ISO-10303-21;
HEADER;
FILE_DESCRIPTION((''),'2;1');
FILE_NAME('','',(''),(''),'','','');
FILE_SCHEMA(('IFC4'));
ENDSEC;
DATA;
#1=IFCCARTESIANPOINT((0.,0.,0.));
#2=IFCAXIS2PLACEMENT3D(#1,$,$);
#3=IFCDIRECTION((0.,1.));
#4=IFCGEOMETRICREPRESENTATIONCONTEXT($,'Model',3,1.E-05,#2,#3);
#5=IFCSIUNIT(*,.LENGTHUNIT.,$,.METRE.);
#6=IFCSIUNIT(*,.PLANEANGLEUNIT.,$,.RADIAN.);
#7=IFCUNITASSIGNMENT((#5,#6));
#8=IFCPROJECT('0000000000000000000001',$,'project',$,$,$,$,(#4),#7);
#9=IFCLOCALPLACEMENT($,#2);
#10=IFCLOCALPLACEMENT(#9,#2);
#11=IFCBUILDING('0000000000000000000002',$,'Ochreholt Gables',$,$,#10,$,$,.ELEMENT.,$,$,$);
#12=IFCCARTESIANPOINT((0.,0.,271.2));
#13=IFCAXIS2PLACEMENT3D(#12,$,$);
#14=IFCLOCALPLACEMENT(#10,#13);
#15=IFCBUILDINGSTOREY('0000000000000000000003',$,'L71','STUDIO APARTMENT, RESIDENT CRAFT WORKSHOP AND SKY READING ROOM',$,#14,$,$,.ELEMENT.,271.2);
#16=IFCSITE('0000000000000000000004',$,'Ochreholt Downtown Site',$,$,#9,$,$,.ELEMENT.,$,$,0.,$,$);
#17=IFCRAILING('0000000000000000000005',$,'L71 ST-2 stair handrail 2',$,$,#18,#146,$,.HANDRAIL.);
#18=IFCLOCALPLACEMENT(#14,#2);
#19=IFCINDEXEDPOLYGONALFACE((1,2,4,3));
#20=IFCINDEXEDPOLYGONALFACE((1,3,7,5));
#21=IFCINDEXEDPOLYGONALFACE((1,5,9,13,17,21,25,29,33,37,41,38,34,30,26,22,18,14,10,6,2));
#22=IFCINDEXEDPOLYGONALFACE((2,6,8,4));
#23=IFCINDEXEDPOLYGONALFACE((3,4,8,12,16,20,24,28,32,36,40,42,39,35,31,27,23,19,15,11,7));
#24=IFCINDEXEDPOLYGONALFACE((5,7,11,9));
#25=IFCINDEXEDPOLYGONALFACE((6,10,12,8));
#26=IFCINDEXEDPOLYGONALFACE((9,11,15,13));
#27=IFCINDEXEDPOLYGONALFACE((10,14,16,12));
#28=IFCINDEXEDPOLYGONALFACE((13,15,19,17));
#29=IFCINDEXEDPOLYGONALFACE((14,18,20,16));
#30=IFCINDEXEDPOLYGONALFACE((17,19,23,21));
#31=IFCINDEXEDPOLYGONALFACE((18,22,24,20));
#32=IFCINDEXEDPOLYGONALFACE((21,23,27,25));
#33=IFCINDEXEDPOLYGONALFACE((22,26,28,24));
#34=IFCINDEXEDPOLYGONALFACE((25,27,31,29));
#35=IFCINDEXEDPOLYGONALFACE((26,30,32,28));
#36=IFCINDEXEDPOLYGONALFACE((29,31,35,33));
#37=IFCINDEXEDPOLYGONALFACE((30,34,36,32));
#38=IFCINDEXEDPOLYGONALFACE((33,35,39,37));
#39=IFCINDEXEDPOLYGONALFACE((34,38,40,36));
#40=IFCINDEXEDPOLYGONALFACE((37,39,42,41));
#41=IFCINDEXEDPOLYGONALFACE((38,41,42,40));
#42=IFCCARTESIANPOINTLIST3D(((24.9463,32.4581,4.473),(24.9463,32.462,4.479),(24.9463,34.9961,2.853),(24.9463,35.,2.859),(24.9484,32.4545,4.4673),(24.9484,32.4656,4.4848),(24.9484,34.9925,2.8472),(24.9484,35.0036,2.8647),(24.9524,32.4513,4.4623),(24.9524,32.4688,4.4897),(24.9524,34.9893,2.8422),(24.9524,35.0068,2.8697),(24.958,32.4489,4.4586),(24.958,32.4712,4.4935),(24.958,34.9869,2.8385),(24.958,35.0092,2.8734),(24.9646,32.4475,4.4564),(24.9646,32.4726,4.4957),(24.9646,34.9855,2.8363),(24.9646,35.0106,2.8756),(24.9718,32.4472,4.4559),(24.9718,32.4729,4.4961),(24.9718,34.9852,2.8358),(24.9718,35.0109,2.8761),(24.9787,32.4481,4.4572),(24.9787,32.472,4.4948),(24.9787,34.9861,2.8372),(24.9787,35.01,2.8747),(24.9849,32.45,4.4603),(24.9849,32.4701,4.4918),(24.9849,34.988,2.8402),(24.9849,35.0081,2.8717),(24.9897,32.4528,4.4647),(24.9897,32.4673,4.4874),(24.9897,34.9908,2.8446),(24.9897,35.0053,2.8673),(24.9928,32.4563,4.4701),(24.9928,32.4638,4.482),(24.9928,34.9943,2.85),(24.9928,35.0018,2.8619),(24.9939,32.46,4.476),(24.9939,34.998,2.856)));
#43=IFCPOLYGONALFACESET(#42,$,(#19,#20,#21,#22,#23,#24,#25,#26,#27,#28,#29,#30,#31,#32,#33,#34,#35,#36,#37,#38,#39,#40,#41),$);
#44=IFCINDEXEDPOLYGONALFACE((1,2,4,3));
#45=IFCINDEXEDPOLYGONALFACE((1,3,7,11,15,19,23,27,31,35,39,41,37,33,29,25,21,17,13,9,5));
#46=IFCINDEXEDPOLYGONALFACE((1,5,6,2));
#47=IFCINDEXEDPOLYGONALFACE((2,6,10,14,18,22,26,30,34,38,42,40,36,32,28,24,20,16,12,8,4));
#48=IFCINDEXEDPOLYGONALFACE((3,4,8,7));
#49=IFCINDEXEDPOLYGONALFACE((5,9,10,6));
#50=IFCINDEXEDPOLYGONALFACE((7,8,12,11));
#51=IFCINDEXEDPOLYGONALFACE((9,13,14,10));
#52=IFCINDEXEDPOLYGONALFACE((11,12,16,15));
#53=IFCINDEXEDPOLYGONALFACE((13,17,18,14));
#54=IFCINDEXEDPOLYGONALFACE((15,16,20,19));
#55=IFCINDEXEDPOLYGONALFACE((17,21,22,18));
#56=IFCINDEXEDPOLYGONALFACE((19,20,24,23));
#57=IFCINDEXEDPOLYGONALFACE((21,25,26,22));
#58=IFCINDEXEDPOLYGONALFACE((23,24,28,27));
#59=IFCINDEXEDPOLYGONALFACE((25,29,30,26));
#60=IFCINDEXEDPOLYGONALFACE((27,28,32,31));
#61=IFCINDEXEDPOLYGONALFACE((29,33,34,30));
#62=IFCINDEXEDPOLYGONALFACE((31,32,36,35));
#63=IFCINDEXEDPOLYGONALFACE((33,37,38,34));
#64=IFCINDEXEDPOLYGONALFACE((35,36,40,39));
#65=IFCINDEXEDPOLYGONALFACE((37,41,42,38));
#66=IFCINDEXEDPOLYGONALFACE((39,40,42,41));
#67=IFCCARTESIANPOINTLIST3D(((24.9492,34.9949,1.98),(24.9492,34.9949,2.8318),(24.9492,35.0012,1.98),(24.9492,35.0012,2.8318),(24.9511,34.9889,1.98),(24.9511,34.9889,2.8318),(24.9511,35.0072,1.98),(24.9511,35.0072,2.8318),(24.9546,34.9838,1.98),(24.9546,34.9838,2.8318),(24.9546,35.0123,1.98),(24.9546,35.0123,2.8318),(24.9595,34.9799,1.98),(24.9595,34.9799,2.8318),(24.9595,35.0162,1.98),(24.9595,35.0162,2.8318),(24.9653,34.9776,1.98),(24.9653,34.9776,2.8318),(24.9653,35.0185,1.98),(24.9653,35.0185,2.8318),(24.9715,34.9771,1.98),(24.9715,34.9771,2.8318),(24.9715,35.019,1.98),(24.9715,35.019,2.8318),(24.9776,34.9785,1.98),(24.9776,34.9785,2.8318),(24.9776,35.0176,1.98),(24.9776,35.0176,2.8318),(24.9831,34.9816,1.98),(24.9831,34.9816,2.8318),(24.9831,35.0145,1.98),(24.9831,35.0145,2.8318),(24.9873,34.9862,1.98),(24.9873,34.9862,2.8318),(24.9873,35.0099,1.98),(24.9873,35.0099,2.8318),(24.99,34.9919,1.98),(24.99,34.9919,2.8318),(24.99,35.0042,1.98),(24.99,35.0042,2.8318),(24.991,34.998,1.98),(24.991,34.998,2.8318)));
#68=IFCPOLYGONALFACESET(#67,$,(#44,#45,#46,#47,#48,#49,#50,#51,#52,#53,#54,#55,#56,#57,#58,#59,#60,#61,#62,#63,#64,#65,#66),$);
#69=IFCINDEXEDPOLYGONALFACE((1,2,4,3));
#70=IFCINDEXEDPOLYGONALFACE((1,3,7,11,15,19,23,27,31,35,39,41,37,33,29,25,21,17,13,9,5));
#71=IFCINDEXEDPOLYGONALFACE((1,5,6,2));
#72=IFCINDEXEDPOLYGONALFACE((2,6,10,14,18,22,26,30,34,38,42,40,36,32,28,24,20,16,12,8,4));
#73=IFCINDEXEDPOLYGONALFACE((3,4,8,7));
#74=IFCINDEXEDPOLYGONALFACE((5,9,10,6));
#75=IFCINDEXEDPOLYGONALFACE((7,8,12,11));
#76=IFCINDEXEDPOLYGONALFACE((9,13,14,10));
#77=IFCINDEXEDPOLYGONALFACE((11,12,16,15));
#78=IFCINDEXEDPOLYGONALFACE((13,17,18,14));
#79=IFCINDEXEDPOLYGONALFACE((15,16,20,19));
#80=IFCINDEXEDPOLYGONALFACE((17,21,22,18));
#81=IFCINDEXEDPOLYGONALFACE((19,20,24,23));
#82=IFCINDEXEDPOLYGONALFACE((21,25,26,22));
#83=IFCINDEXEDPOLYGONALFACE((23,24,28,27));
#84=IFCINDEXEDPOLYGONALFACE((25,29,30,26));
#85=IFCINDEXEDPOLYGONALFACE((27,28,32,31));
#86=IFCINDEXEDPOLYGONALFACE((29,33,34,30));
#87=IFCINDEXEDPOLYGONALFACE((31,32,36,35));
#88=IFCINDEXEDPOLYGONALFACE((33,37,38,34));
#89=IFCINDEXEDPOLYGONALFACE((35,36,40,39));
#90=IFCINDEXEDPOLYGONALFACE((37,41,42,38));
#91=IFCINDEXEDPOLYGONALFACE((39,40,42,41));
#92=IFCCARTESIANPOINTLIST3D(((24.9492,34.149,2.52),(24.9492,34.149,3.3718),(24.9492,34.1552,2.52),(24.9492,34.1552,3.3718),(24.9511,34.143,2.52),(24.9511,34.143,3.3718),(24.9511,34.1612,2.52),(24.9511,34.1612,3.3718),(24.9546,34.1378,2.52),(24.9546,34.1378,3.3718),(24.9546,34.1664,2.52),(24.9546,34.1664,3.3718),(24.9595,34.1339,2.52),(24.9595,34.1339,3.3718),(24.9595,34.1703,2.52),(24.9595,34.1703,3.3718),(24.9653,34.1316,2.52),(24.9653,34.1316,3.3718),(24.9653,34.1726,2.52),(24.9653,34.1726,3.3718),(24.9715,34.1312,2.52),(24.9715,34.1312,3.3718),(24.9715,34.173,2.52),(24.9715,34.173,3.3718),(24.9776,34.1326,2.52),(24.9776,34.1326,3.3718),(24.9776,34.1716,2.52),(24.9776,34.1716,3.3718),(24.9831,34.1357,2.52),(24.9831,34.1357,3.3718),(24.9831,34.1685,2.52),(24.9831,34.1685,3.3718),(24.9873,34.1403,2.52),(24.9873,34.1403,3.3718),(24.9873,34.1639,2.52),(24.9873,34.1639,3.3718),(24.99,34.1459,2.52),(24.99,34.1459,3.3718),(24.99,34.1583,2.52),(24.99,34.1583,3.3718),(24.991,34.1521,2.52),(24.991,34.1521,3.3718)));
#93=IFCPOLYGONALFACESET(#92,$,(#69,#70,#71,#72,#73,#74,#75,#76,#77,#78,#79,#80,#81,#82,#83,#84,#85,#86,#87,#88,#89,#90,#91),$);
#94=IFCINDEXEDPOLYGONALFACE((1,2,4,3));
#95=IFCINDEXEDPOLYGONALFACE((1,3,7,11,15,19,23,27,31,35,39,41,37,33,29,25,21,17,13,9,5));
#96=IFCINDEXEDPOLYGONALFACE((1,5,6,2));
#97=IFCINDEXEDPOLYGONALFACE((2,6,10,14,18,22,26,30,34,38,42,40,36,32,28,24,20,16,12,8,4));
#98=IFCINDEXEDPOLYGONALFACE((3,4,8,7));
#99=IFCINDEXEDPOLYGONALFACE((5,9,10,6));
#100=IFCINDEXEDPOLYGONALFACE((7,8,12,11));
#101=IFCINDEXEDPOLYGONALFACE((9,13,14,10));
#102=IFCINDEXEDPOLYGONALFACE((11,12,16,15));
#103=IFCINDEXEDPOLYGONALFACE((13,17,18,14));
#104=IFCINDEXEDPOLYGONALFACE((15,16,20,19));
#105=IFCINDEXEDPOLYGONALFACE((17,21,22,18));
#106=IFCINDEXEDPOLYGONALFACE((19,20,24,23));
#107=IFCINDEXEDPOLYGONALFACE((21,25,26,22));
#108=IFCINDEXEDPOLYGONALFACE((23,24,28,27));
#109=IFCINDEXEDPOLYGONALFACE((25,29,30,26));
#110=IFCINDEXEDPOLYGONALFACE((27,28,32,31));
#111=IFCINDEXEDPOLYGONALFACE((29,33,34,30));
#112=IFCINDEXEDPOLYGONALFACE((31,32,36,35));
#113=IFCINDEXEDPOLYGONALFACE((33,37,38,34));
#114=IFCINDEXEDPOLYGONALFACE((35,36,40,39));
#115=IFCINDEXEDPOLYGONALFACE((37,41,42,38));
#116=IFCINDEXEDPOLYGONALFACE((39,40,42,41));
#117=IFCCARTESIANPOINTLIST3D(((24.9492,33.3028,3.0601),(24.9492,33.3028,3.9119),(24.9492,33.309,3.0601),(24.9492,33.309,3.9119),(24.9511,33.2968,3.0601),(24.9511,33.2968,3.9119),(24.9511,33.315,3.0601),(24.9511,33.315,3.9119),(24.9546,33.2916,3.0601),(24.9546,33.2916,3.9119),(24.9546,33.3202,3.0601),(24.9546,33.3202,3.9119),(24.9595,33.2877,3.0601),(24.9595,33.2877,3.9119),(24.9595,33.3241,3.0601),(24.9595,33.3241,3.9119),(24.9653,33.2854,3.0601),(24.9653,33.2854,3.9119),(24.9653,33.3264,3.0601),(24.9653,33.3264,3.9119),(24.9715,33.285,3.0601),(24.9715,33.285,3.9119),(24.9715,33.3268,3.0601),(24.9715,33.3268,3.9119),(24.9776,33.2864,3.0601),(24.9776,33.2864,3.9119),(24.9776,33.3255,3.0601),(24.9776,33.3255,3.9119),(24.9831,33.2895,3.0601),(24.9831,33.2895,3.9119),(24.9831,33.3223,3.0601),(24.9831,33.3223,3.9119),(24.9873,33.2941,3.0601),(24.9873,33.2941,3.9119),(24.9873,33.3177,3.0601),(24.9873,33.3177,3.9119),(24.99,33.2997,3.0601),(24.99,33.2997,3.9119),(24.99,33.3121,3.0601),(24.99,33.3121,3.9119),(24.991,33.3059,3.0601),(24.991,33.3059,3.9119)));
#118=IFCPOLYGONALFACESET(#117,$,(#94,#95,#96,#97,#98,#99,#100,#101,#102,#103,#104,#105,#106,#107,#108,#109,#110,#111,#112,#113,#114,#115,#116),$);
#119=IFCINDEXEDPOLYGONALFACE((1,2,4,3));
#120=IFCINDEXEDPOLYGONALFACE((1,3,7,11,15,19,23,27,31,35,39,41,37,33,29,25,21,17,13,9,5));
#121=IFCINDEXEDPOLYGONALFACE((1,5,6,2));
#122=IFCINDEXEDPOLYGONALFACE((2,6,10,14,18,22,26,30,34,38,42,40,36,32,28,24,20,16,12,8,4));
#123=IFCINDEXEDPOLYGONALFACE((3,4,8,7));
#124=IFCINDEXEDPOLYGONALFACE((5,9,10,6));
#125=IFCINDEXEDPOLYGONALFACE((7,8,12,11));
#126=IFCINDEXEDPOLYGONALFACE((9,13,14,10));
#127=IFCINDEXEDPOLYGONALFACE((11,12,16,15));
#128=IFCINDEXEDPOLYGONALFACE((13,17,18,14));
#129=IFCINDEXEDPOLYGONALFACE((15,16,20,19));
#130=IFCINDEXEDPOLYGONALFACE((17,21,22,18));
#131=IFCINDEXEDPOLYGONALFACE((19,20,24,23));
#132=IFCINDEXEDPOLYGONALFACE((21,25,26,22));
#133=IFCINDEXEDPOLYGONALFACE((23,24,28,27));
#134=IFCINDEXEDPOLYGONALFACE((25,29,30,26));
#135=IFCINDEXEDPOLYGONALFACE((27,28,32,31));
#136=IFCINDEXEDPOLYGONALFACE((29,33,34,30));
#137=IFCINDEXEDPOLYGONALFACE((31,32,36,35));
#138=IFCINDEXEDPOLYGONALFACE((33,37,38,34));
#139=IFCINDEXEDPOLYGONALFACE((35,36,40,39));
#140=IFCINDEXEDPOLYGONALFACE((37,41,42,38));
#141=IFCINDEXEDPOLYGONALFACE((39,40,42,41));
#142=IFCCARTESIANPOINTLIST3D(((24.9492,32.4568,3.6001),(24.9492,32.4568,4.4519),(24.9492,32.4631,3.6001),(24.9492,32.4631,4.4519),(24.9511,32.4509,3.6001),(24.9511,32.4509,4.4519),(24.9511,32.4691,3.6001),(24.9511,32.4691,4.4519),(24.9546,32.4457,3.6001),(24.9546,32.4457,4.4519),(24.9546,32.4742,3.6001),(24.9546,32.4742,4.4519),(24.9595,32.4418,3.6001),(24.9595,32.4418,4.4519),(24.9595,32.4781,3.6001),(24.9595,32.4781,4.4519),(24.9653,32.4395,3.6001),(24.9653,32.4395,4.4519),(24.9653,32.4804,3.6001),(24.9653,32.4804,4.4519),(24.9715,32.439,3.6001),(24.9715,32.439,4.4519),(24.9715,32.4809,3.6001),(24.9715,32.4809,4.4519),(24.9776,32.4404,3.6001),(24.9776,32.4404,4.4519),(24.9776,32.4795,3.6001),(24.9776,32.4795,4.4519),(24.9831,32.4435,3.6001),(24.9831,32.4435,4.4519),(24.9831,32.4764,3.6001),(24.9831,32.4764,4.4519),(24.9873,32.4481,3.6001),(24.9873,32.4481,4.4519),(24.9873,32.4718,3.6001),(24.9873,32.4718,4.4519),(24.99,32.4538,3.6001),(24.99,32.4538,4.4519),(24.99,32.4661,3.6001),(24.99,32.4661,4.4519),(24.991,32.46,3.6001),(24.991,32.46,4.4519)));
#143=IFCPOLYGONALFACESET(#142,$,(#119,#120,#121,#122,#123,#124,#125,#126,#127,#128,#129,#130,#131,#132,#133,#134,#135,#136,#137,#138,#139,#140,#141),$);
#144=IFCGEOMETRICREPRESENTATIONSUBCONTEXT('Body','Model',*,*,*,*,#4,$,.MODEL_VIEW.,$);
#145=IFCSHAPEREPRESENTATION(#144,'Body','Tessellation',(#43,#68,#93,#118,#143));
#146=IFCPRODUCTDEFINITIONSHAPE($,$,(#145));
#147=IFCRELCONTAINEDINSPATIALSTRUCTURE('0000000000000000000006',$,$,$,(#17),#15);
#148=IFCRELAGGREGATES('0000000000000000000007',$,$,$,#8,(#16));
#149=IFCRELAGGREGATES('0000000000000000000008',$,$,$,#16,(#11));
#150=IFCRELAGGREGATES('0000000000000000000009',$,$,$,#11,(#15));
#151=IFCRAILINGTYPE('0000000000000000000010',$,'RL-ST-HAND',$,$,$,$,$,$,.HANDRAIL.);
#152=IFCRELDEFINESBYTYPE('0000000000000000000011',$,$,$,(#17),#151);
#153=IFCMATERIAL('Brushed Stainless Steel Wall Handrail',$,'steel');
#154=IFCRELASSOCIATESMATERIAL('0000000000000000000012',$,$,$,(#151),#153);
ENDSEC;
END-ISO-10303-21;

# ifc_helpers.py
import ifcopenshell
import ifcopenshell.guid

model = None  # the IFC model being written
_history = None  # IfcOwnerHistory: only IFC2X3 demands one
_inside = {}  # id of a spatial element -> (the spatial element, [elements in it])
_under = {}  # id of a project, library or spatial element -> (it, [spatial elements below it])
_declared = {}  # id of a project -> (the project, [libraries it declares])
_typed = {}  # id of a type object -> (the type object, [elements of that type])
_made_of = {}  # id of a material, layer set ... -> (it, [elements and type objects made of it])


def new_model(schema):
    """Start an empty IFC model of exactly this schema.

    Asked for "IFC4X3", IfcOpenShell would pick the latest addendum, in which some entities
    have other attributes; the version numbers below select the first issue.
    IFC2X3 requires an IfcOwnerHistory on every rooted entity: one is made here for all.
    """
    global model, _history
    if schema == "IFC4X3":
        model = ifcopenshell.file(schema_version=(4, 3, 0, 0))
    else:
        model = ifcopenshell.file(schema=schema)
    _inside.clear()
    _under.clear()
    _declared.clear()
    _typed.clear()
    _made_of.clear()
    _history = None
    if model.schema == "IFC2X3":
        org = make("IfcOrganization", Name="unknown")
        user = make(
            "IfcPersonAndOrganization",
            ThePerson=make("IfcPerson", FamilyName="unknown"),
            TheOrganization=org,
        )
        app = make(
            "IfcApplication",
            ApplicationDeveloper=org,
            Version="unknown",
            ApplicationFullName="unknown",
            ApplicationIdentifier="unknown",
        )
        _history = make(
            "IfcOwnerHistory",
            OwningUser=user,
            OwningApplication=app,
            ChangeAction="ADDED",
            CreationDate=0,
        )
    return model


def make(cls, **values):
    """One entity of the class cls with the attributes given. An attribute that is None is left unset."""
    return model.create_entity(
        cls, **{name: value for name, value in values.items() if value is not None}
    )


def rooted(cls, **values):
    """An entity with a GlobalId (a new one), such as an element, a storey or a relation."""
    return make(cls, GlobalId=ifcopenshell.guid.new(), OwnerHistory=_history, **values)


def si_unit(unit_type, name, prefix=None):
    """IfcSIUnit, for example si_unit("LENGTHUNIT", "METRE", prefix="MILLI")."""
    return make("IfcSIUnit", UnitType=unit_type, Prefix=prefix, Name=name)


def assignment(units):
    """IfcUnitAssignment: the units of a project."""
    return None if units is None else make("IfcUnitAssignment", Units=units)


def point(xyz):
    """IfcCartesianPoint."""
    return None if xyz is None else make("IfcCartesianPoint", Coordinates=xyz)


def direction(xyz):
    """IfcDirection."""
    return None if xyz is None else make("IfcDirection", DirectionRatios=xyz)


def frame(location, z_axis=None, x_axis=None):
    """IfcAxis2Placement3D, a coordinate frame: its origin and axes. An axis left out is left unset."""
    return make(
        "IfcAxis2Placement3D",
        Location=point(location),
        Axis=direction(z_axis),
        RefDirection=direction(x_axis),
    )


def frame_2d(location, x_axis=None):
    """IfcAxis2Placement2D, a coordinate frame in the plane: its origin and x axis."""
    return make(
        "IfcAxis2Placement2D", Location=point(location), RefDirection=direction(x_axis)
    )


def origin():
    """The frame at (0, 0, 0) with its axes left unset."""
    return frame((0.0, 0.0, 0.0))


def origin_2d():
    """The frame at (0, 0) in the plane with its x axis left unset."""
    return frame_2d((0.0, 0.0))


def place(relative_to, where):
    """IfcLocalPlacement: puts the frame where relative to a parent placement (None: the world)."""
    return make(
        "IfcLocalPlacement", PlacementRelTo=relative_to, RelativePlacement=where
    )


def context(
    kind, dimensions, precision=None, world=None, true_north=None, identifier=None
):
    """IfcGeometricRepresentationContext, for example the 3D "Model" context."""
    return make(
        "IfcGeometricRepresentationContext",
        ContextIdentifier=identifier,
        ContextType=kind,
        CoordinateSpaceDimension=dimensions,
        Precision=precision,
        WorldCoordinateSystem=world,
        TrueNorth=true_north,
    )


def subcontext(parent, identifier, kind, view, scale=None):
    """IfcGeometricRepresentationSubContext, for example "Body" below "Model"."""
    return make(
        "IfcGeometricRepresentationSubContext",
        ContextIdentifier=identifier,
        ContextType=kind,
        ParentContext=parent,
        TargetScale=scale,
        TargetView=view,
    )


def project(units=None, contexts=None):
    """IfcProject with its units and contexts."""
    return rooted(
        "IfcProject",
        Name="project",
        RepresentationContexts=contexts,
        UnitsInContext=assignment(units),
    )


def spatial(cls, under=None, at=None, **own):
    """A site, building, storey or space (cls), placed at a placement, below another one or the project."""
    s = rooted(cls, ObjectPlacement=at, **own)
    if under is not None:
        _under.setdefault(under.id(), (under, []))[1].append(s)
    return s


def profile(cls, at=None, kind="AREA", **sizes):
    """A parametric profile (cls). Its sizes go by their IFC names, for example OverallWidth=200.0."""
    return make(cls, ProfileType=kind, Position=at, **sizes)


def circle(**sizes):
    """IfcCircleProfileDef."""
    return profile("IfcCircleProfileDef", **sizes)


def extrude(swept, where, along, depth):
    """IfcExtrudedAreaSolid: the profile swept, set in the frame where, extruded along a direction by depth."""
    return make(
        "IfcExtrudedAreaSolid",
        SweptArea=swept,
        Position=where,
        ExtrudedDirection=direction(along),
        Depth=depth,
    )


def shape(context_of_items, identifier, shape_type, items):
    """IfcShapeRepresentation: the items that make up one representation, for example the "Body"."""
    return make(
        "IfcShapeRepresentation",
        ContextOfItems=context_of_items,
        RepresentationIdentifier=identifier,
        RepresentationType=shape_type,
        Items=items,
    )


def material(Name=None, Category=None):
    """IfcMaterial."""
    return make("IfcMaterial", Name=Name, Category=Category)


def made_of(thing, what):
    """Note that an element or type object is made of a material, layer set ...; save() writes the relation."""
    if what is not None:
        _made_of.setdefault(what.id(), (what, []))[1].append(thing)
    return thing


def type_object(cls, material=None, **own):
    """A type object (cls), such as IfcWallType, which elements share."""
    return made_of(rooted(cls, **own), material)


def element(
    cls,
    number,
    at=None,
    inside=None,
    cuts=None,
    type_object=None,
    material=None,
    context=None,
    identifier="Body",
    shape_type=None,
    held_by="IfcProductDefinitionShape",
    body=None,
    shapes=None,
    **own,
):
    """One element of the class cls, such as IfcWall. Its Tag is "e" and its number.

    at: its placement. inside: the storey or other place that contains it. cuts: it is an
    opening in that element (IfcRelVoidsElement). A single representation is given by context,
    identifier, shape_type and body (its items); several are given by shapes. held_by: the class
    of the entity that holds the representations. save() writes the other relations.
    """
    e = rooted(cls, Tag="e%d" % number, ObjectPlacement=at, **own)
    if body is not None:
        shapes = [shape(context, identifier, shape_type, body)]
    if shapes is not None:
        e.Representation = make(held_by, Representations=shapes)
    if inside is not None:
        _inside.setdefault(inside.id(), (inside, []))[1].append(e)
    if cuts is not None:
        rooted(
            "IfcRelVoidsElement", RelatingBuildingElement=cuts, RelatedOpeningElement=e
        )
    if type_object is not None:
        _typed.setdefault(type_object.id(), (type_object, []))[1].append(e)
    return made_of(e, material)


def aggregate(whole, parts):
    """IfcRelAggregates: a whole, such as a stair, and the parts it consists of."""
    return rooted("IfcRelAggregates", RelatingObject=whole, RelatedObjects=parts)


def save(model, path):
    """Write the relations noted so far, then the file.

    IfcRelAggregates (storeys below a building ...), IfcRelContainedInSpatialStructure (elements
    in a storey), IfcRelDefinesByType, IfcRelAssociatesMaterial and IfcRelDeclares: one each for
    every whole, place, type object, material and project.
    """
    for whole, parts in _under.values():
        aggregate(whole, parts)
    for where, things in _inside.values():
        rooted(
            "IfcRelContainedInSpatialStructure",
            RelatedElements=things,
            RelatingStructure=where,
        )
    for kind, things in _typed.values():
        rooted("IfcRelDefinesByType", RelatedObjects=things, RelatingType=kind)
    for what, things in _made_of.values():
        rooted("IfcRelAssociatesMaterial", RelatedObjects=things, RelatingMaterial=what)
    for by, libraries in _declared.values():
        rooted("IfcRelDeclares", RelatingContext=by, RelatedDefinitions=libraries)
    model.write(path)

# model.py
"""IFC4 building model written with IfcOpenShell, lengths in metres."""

from ifc_helpers import new_model, si_unit, direction, frame, origin, origin_2d, place, context, subcontext, project, spatial, circle, extrude, material, type_object, element, save


model = new_model("IFC4")

# Units and contexts
model_context = context("Model", 3, precision=1e-05, world=origin(), true_north=direction((0.0, 1.0)))
body_context = subcontext(model_context, "Body", "Model", "MODEL_VIEW")
ifc_project = project(units=[si_unit("LENGTHUNIT", "METRE"), si_unit("PLANEANGLEUNIT", "RADIAN")], contexts=[model_context])

# Site, building, storey
site_placement = place(None, origin())
site = spatial("IfcSite", under=ifc_project, at=site_placement, Name="Ochreholt Downtown Site", CompositionType="ELEMENT", RefElevation=0.0)
building_placement = place(site_placement, origin())
building = spatial("IfcBuilding", under=site, at=building_placement, Name="Ochreholt Gables", CompositionType="ELEMENT")
storey_placement = place(building_placement, frame((0.0, 0.0, 271.2)))
storey = spatial("IfcBuildingStorey", under=building, at=storey_placement, Name="L71", Description="STUDIO APARTMENT, RESIDENT CRAFT WORKSHOP AND SKY READING ROOM", CompositionType="ELEMENT", Elevation=271.2)

# Railing
ifc_material_1 = material(Name="Brushed Stainless Steel Wall Handrail", Category="steel")
railing_type_1 = type_object("IfcRailingType", Name="RL-ST-HAND", PredefinedType="HANDRAIL", material=ifc_material_1)
railing_1_placement = place(storey_placement, frame((24.97, 34.998, 1.98)))
element("IfcRailing", 1, at=railing_1_placement, inside=storey, type_object=railing_type_1, Name="L71 ST-2 stair handrail 2", PredefinedType="HANDRAIL", context=body_context, shape_type="SweptSolid", body=[
    extrude(circle(Radius=0.0239, at=origin_2d()), frame((0.0, 0.0, 0.876), z_axis=(0.0, -0.842913, 0.53805), x_axis=(1.0, 0.0, 0.0)), (0.0, 0.0, 1.0), 3.011),
    extrude(circle(Radius=0.021, at=origin_2d()), origin(), (0.0, 0.0, 1.0), 0.8518),
    extrude(circle(Radius=0.021, at=origin_2d()), frame((0.0, -0.8459, 0.54)), (0.0, 0.0, 1.0), 0.8518),
    extrude(circle(Radius=0.021, at=origin_2d()), frame((0.0, -1.6921, 1.0801)), (0.0, 0.0, 1.0), 0.8518),
    extrude(circle(Radius=0.021, at=origin_2d()), frame((0.0, -2.5381, 1.6201)), (0.0, 0.0, 1.0), 0.8518),
])

save(model, "model.ifc")
